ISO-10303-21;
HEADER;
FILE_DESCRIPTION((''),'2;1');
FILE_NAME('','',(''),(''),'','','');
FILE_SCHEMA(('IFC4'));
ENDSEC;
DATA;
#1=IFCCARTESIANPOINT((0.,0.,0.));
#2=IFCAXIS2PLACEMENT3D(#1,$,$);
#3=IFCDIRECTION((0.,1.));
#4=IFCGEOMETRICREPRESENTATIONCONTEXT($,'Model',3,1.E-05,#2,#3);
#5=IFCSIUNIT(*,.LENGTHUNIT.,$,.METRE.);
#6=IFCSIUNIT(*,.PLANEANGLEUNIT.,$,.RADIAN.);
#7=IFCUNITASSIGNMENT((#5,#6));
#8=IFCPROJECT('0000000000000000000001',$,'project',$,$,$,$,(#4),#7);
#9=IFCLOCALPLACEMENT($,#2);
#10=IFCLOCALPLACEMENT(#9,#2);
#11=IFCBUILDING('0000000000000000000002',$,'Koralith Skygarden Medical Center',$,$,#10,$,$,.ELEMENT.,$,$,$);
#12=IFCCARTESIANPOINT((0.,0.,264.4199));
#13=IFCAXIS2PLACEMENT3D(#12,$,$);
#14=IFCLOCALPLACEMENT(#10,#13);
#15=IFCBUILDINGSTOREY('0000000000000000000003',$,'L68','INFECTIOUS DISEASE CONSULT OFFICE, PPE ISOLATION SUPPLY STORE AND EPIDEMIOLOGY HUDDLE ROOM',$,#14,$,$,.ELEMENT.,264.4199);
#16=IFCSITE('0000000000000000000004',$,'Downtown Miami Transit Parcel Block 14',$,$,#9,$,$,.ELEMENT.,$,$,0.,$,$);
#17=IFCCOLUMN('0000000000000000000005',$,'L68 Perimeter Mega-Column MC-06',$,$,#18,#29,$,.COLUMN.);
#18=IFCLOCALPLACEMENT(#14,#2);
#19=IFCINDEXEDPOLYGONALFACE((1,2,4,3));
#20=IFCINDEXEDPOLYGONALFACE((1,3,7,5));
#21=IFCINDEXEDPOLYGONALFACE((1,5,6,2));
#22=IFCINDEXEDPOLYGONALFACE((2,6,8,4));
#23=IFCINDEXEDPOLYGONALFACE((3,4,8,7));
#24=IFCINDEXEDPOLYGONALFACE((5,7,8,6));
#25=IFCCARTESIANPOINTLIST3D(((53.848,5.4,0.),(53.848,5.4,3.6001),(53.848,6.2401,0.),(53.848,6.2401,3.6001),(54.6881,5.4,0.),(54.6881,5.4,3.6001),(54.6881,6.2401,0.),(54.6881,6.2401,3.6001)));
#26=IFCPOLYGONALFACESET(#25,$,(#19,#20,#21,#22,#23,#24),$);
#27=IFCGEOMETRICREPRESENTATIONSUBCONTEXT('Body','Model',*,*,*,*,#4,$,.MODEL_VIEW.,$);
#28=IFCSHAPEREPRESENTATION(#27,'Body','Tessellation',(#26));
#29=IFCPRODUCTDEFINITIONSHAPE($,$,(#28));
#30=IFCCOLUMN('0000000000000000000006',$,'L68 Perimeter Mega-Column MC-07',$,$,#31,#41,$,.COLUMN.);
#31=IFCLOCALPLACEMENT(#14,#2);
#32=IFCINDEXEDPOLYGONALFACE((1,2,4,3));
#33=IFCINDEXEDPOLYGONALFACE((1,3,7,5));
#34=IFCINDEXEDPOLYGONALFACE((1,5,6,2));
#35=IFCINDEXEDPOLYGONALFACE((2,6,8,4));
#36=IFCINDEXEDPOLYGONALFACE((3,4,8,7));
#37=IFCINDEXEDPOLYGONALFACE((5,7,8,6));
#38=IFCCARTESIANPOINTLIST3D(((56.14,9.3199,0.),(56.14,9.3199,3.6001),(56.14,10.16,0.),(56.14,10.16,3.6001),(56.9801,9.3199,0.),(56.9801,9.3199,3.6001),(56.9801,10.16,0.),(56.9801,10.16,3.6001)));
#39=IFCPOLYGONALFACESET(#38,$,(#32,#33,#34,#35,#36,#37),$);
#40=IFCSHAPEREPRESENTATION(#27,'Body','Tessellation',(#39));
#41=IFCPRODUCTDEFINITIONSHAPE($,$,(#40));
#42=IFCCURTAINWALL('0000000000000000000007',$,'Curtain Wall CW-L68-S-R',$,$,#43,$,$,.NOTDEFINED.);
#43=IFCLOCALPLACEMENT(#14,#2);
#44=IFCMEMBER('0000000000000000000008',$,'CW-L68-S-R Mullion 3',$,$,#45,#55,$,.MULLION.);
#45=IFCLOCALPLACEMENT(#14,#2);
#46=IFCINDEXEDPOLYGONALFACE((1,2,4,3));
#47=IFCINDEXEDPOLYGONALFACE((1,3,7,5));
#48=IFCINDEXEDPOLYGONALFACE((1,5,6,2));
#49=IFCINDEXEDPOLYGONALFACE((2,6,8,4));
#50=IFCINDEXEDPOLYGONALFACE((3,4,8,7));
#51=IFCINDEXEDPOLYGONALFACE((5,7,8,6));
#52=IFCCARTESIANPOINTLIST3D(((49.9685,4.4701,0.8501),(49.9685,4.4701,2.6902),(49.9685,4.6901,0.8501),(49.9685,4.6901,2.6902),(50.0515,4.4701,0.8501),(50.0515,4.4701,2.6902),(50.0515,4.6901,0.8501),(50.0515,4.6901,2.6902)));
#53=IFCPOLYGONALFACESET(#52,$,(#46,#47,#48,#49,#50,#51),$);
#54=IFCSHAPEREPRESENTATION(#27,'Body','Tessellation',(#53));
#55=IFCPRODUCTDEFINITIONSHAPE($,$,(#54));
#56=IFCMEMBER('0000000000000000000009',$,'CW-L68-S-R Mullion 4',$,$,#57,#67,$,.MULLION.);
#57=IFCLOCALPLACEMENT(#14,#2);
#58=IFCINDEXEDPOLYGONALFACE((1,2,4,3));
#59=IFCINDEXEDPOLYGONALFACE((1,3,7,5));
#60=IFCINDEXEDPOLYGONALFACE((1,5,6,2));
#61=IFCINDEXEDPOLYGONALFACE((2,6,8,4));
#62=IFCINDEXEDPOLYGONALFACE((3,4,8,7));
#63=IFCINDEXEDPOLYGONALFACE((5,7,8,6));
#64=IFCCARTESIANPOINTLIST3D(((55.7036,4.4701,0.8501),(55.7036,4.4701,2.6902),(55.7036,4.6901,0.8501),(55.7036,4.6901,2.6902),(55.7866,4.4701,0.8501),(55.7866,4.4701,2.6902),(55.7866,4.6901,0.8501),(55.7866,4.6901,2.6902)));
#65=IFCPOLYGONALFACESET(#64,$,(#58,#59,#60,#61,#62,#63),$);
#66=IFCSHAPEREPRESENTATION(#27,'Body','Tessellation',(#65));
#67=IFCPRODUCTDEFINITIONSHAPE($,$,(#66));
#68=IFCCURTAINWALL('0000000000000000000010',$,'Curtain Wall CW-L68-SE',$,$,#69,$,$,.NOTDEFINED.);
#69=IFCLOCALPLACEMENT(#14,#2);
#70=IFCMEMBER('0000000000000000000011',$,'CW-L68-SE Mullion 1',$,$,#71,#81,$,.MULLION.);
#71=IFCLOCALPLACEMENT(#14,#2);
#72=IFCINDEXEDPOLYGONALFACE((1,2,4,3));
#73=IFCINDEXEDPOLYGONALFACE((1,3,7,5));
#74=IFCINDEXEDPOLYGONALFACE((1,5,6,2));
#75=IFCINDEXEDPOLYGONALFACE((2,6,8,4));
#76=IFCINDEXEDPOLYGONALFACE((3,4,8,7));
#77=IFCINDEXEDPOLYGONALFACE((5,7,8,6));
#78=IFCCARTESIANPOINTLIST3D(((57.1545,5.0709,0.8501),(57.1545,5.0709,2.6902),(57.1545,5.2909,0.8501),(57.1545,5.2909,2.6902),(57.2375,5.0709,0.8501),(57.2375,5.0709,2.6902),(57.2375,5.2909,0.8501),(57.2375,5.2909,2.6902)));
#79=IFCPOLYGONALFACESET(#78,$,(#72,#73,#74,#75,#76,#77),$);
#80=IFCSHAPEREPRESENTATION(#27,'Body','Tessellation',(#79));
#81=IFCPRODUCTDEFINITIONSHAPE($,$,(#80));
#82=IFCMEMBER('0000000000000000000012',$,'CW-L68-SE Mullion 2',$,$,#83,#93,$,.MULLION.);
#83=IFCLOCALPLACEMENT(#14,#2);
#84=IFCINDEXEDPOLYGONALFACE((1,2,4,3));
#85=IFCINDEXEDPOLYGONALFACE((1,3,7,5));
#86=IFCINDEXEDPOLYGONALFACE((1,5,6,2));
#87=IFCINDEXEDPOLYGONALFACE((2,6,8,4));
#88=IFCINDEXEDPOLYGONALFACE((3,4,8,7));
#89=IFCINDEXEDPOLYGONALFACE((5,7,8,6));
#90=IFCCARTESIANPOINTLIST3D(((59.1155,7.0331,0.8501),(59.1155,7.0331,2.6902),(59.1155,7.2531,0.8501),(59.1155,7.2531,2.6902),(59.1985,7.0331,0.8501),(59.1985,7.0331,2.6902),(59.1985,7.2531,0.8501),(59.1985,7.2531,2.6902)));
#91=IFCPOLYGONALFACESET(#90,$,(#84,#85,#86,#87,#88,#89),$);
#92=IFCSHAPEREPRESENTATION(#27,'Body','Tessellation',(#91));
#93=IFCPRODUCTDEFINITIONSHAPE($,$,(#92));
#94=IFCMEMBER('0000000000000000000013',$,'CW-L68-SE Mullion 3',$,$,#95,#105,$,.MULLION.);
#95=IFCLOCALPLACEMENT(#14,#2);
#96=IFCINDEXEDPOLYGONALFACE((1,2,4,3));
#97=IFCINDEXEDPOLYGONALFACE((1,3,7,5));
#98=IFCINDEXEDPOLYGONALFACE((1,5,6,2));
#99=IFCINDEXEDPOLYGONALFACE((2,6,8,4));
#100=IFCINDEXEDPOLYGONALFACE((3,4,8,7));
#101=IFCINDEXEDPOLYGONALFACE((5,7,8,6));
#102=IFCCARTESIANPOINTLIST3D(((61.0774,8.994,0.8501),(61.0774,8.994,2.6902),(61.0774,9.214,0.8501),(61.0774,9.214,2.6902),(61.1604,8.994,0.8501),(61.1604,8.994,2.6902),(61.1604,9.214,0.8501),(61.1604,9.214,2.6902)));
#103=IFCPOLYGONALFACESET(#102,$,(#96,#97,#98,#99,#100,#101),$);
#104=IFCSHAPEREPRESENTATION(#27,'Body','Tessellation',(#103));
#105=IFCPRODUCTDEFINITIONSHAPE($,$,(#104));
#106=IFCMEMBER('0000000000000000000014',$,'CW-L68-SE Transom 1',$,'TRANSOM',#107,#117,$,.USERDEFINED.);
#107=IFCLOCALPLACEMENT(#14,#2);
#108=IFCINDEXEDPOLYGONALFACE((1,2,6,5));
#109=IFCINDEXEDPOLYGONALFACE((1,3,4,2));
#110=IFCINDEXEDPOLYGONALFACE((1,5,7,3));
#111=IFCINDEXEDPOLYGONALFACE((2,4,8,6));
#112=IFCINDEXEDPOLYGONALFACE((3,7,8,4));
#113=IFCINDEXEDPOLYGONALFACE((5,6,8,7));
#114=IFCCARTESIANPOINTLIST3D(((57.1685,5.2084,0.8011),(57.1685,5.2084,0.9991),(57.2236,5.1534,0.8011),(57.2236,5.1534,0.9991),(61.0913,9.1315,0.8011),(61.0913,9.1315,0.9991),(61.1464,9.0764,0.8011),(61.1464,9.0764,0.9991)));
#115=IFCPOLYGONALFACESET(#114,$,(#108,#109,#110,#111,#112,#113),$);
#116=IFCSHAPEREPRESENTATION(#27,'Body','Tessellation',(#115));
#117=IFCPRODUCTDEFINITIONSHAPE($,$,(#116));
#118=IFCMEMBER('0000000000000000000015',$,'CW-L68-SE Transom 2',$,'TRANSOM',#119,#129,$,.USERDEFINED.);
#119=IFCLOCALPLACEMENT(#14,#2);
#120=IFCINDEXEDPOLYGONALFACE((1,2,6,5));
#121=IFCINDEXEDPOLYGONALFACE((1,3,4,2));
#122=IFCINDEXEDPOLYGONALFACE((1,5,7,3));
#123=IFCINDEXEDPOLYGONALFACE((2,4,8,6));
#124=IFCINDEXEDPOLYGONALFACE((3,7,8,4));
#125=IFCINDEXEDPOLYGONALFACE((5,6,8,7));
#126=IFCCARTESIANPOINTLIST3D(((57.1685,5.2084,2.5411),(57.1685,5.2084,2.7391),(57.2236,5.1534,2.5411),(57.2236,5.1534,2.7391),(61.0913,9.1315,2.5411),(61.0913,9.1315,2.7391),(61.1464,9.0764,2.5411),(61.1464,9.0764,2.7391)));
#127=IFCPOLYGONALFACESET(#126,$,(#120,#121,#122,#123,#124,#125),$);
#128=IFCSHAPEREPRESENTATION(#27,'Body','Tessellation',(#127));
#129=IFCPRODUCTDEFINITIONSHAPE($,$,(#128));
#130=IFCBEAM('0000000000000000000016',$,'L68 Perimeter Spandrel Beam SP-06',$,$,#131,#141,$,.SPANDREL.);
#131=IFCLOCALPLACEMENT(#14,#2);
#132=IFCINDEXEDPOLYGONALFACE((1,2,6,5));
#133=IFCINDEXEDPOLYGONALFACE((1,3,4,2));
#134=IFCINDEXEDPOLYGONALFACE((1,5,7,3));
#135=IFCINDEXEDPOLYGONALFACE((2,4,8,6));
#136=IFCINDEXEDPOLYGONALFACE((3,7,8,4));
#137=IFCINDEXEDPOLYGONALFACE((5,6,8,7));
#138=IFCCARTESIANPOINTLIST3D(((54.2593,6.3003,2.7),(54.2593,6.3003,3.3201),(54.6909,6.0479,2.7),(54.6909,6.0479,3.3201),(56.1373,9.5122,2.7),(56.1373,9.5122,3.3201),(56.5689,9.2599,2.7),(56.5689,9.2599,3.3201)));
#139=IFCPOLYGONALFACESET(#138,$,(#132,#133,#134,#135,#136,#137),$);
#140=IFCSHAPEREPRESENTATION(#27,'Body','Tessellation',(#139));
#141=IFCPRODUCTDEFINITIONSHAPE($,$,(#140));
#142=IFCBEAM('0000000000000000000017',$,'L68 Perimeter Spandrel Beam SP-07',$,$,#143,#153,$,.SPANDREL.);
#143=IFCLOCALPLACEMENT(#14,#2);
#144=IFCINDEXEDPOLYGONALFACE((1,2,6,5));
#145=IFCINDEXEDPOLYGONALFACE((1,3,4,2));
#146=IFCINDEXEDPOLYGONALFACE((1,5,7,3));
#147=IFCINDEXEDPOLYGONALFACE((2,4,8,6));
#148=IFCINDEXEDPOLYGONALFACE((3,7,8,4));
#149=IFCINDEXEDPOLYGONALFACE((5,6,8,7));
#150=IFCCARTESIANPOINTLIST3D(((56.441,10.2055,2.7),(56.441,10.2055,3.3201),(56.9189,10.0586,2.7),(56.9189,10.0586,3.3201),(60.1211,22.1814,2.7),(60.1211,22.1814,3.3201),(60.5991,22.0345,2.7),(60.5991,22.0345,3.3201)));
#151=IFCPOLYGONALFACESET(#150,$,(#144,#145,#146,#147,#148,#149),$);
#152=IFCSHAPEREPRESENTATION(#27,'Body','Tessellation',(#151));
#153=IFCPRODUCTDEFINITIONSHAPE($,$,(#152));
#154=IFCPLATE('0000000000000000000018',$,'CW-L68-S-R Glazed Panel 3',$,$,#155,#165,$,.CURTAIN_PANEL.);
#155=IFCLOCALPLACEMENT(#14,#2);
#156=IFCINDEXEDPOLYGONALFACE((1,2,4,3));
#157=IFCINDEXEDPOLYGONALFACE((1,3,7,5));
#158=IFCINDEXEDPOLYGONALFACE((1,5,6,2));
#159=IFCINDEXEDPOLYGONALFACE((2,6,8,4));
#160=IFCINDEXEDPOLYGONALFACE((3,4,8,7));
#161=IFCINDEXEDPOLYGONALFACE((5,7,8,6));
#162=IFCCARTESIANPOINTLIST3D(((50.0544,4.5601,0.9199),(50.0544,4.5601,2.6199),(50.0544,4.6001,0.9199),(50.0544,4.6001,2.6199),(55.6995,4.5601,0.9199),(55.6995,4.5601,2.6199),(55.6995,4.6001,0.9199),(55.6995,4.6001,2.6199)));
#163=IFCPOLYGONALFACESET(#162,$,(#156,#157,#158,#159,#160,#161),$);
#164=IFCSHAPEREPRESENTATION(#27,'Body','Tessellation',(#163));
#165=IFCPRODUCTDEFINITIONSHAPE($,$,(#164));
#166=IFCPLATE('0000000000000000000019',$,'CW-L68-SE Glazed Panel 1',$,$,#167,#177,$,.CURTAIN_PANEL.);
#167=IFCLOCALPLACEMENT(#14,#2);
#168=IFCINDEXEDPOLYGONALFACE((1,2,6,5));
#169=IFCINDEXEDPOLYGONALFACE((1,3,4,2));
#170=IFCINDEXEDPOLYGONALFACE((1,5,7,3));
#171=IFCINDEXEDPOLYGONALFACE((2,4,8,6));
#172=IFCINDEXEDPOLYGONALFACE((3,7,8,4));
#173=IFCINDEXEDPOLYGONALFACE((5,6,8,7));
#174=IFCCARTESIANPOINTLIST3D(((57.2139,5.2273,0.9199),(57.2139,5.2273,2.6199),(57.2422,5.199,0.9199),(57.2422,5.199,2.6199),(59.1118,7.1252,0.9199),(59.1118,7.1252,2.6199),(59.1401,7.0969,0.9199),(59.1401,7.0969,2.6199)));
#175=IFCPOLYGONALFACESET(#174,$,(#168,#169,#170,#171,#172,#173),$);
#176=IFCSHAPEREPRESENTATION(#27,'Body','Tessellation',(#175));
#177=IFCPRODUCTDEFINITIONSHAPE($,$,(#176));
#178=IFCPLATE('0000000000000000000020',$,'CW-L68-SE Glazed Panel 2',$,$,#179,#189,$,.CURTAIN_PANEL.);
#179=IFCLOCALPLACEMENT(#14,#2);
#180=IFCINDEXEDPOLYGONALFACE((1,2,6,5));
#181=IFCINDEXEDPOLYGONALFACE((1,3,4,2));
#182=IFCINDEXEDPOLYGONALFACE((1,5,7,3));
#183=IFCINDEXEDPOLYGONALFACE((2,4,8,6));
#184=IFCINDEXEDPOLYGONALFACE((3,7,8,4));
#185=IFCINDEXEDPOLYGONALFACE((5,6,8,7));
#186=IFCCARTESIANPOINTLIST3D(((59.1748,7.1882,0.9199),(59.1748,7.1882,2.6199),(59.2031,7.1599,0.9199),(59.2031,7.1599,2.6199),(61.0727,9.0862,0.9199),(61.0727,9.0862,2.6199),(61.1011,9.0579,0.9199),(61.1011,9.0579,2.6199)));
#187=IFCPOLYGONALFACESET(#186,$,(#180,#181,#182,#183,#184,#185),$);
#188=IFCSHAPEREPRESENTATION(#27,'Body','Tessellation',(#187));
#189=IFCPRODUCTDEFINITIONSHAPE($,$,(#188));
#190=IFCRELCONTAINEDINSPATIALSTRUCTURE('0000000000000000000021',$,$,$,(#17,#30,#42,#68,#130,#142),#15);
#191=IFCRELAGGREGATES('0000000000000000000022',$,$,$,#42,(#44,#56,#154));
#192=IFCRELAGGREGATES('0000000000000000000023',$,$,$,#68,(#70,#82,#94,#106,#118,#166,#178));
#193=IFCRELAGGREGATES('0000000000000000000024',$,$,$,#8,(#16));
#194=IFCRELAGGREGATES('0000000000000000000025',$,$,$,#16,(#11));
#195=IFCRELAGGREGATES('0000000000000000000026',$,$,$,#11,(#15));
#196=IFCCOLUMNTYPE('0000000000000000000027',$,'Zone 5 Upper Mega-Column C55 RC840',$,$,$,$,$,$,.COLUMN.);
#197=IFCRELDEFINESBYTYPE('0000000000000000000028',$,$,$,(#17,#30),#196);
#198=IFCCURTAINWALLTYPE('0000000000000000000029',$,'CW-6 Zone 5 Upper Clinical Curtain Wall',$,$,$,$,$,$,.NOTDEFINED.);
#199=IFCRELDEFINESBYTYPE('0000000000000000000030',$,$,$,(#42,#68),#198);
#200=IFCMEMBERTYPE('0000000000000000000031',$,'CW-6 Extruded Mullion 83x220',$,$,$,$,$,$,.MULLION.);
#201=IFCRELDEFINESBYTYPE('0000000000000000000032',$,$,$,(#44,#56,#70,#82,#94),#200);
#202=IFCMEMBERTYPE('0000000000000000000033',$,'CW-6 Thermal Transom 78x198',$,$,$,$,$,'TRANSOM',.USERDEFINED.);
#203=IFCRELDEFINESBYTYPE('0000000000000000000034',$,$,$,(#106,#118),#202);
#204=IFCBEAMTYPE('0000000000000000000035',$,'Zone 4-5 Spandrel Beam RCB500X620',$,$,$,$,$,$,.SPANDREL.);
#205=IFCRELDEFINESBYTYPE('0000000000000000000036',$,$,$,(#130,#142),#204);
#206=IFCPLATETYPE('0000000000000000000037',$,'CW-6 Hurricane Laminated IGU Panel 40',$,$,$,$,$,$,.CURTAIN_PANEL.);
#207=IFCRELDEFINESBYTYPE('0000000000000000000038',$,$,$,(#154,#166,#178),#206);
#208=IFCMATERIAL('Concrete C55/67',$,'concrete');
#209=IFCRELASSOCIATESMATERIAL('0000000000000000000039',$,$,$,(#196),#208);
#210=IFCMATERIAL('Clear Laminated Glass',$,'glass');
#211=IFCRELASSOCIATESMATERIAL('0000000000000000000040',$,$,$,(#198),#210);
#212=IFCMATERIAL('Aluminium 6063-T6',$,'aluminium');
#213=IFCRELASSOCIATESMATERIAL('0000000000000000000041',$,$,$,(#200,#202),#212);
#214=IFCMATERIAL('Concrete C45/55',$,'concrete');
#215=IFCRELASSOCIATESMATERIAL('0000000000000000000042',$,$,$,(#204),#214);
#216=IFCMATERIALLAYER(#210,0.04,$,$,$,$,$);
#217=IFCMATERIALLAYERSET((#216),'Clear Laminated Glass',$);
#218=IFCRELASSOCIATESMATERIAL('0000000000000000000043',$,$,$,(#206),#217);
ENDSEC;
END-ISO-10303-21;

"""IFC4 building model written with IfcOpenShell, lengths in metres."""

from ifc_helpers import new_model, si_unit, direction, frame, origin, origin_2d, place, context, subcontext, project, spatial, rectangle, extrude, material, layer, layer_set, material_profile, profile_set, type_object, element, aggregate, save


model = new_model("IFC4")

# Units and contexts
model_context = context("Model", 3, precision=1e-05, world=origin(), true_north=direction((0.0, 1.0)))
body_context = subcontext(model_context, "Body", "Model", "MODEL_VIEW")
ifc_project = project(units=[si_unit("LENGTHUNIT", "METRE"), si_unit("PLANEANGLEUNIT", "RADIAN")], contexts=[model_context])

# Site, building, storey
site_placement = place(None, origin())
site = spatial("IfcSite", under=ifc_project, at=site_placement, Name="Downtown Miami Transit Parcel Block 14", CompositionType="ELEMENT", RefElevation=0.0)
building_placement = place(site_placement, origin())
building = spatial("IfcBuilding", under=site, at=building_placement, Name="Koralith Skygarden Medical Center", CompositionType="ELEMENT")
storey_placement = place(building_placement, frame((0.0, 0.0, 264.4199)))
storey = spatial("IfcBuildingStorey", under=building, at=storey_placement, Name="L68", Description="INFECTIOUS DISEASE CONSULT OFFICE, PPE ISOLATION SUPPLY STORE AND EPIDEMIOLOGY HUDDLE ROOM", CompositionType="ELEMENT", Elevation=264.4199)

# Columns
ifc_material_1 = material(Name="Concrete C55/67", Category="concrete")
ifc_material_profile_1 = material_profile(ifc_material_1, rectangle(XDim=0.8401, YDim=0.8401, at=origin_2d()), Name="RC840X840")
ifc_profile_set_1 = profile_set([ifc_material_profile_1], Name="Concrete C55/67")
column_type = type_object("IfcColumnType", Name="Zone 5 Upper Mega-Column C55 RC840", PredefinedType="COLUMN", material=ifc_profile_set_1)
for number, where, z_axis, x_axis, name in (
    (1, (54.2681, 5.8201, 0.0), (0.0, 0.0, 1.0), (1.0, 0.0, 0.0), "L68 Perimeter Mega-Column MC-06"),
    (2, (56.5601, 9.74, 0.0), (0.0, 0.0, 1.0), (1.0, 0.0, 0.0), "L68 Perimeter Mega-Column MC-07"),
):
    element("IfcColumn", number, at=place(storey_placement, frame(where, z_axis=z_axis, x_axis=x_axis)), inside=storey, type_object=column_type, Name=name, PredefinedType="COLUMN", context=body_context, shape_type="SweptSolid", body=[
        extrude(rectangle(XDim=0.8401, YDim=0.8401, at=origin_2d()), origin(), (0.0, 0.0, 1.0), 3.6001),
    ])

# Curtain walls, members
ifc_material_2 = material(Name="Clear Laminated Glass", Category="glass")
curtain_wall_type = type_object("IfcCurtainWallType", Name="CW-6 Zone 5 Upper Clinical Curtain Wall", PredefinedType="NOTDEFINED", material=ifc_material_2)
curtain_wall_1_placement = place(storey_placement, origin())
curtain_wall_1 = element("IfcCurtainWall", 3, at=curtain_wall_1_placement, inside=storey, type_object=curtain_wall_type, Name="Curtain Wall CW-L68-S-R", PredefinedType="NOTDEFINED")
ifc_material_3 = material(Name="Aluminium 6063-T6", Category="aluminium")
ifc_material_profile_2 = material_profile(ifc_material_3, rectangle(XDim=0.083, YDim=0.22, at=origin_2d()), Name="MUL83X220")
ifc_profile_set_2 = profile_set([ifc_material_profile_2], Name="Aluminium 6063-T6")
member_type_1 = type_object("IfcMemberType", Name="CW-6 Extruded Mullion 83x220", PredefinedType="MULLION", material=ifc_profile_set_2)
member_1_placement = place(storey_placement, frame((50.01, 4.5801, 0.8501), z_axis=(0.0, 0.0, 1.0), x_axis=(1.0, 0.0, 0.0)))
member_1 = element("IfcMember", 4, at=member_1_placement, type_object=member_type_1, Name="CW-L68-S-R Mullion 3", PredefinedType="MULLION", context=body_context, shape_type="SweptSolid", body=[
    extrude(rectangle(XDim=0.083, YDim=0.22, at=origin_2d()), origin(), (0.0, 0.0, 1.0), 1.8401),
])
member_2_placement = place(storey_placement, frame((55.7451, 4.5801, 0.8501), z_axis=(0.0, 0.0, 1.0), x_axis=(1.0, 0.0, 0.0)))
member_2 = element("IfcMember", 5, at=member_2_placement, type_object=member_type_1, Name="CW-L68-S-R Mullion 4", PredefinedType="MULLION", context=body_context, shape_type="SweptSolid", body=[
    extrude(rectangle(XDim=0.083, YDim=0.22, at=origin_2d()), origin(), (0.0, 0.0, 1.0), 1.8401),
])
curtain_wall_2_placement = place(storey_placement, origin())
curtain_wall_2 = element("IfcCurtainWall", 6, at=curtain_wall_2_placement, inside=storey, type_object=curtain_wall_type, Name="Curtain Wall CW-L68-SE", PredefinedType="NOTDEFINED")
member_3_placement = place(storey_placement, frame((57.196, 5.1809, 0.8501), z_axis=(0.0, 0.0, 1.0), x_axis=(1.0, 0.0, 0.0)))
member_3 = element("IfcMember", 7, at=member_3_placement, type_object=member_type_1, Name="CW-L68-SE Mullion 1", PredefinedType="MULLION", context=body_context, shape_type="SweptSolid", body=[
    extrude(rectangle(XDim=0.083, YDim=0.22, at=origin_2d()), origin(), (0.0, 0.0, 1.0), 1.8401),
])
member_4_placement = place(storey_placement, frame((59.157, 7.1431, 0.8501), z_axis=(0.0, 0.0, 1.0), x_axis=(1.0, 0.0, 0.0)))
member_4 = element("IfcMember", 8, at=member_4_placement, type_object=member_type_1, Name="CW-L68-SE Mullion 2", PredefinedType="MULLION", context=body_context, shape_type="SweptSolid", body=[
    extrude(rectangle(XDim=0.083, YDim=0.22, at=origin_2d()), origin(), (0.0, 0.0, 1.0), 1.8401),
])
member_5_placement = place(storey_placement, frame((61.1189, 9.104, 0.8501), z_axis=(0.0, 0.0, 1.0), x_axis=(1.0, 0.0, 0.0)))
member_5 = element("IfcMember", 9, at=member_5_placement, type_object=member_type_1, Name="CW-L68-SE Mullion 3", PredefinedType="MULLION", context=body_context, shape_type="SweptSolid", body=[
    extrude(rectangle(XDim=0.083, YDim=0.22, at=origin_2d()), origin(), (0.0, 0.0, 1.0), 1.8401),
])
ifc_material_profile_3 = material_profile(ifc_material_3, rectangle(XDim=0.0779, YDim=0.198, at=origin_2d()), Name="TRN78X198")
ifc_profile_set_3 = profile_set([ifc_material_profile_3], Name="Aluminium 6063-T6")
member_type_2 = type_object("IfcMemberType", Name="CW-6 Thermal Transom 78x198", ElementType="TRANSOM", PredefinedType="USERDEFINED", material=ifc_profile_set_3)
member_6_placement = place(storey_placement, frame((57.196, 5.1809, 0.9001), z_axis=(0.707085, 0.707129, 0.0), x_axis=(-0.707129, 0.707085, 0.0)))
member_6 = element("IfcMember", 10, at=member_6_placement, type_object=member_type_2, Name="CW-L68-SE Transom 1", ObjectType="TRANSOM", PredefinedType="USERDEFINED", context=body_context, shape_type="SweptSolid", body=[
    extrude(rectangle(XDim=0.0779, YDim=0.198, at=origin_2d()), origin(), (0.0, 0.0, 1.0), 5.5479),
])
member_7_placement = place(storey_placement, frame((57.196, 5.1809, 2.6401), z_axis=(0.707085, 0.707129, 0.0), x_axis=(-0.707129, 0.707085, 0.0)))
member_7 = element("IfcMember", 11, at=member_7_placement, type_object=member_type_2, Name="CW-L68-SE Transom 2", ObjectType="TRANSOM", PredefinedType="USERDEFINED", context=body_context, shape_type="SweptSolid", body=[
    extrude(rectangle(XDim=0.0779, YDim=0.198, at=origin_2d()), origin(), (0.0, 0.0, 1.0), 5.5479),
])

# Beams
ifc_material_4 = material(Name="Concrete C45/55", Category="concrete")
ifc_material_profile_4 = material_profile(ifc_material_4, rectangle(XDim=0.5, YDim=0.6201, at=origin_2d()), Name="RCB500X620")
ifc_profile_set_4 = profile_set([ifc_material_profile_4], Name="Concrete C45/55")
beam_type = type_object("IfcBeamType", Name="Zone 4-5 Spandrel Beam RCB500X620", PredefinedType="SPANDREL", material=ifc_profile_set_4)
beam_1_placement = place(storey_placement, frame((54.4751, 6.1741, 3.01), z_axis=(0.504736, 0.863274, 0.0), x_axis=(-0.863274, 0.504736, 0.0)))
element("IfcBeam", 12, at=beam_1_placement, inside=storey, type_object=beam_type, Name="L68 Perimeter Spandrel Beam SP-06", PredefinedType="SPANDREL", context=body_context, shape_type="SweptSolid", body=[
    extrude(rectangle(XDim=0.5, YDim=0.6201, at=origin_2d()), origin(), (0.0, 0.0, 1.0), 3.7207),
])
beam_2_placement = place(storey_placement, frame((56.6799, 10.1321, 3.01), z_axis=(0.293743, 0.955884, 0.0), x_axis=(-0.955884, 0.293743, 0.0)))
element("IfcBeam", 13, at=beam_2_placement, inside=storey, type_object=beam_type, Name="L68 Perimeter Spandrel Beam SP-07", PredefinedType="SPANDREL", context=body_context, shape_type="SweptSolid", body=[
    extrude(rectangle(XDim=0.5, YDim=0.6201, at=origin_2d()), origin(), (0.0, 0.0, 1.0), 12.5286),
])

# Plates
ifc_layer_1 = layer(ifc_material_2, 0.04)
ifc_layer_set_1 = layer_set([ifc_layer_1], Name="Clear Laminated Glass")
plate_type_1 = type_object("IfcPlateType", Name="CW-6 Hurricane Laminated IGU Panel 40", PredefinedType="CURTAIN_PANEL", material=ifc_layer_set_1)
plate_1_placement = place(storey_placement, frame((52.877, 4.5801, 0.9199), z_axis=(0.0, 0.0, 1.0), x_axis=(1.0, 0.0, 0.0)))
plate_1 = element("IfcPlate", 14, at=plate_1_placement, type_object=plate_type_1, Name="CW-L68-S-R Glazed Panel 3", PredefinedType="CURTAIN_PANEL", context=body_context, shape_type="SweptSolid", body=[
    extrude(rectangle(XDim=5.645, YDim=0.04, at=origin_2d()), origin(), (0.0, 0.0, 1.0), 1.7),
])
aggregate(curtain_wall_1, [member_1, member_2, plate_1])
plate_2_placement = place(storey_placement, frame((58.177, 6.1621, 0.9199), z_axis=(0.0, 0.0, 1.0), x_axis=(0.707107, 0.707107, 0.0)))
plate_2 = element("IfcPlate", 15, at=plate_2_placement, type_object=plate_type_1, Name="CW-L68-SE Glazed Panel 1", PredefinedType="CURTAIN_PANEL", context=body_context, shape_type="SweptSolid", body=[
    extrude(rectangle(XDim=2.6841, YDim=0.04, at=origin_2d()), origin(), (0.0, 0.0, 1.0), 1.7),
])
plate_3_placement = place(storey_placement, frame((60.1379, 8.123, 0.9199), z_axis=(0.0, 0.0, 1.0), x_axis=(0.707107, 0.707107, 0.0)))
plate_3 = element("IfcPlate", 16, at=plate_3_placement, type_object=plate_type_1, Name="CW-L68-SE Glazed Panel 2", PredefinedType="CURTAIN_PANEL", context=body_context, shape_type="SweptSolid", body=[
    extrude(rectangle(XDim=2.6841, YDim=0.04, at=origin_2d()), origin(), (0.0, 0.0, 1.0), 1.7),
])
aggregate(curtain_wall_2, [member_3, member_4, member_5, member_6, member_7, plate_2, plate_3])

save(model, "model.ifc")
